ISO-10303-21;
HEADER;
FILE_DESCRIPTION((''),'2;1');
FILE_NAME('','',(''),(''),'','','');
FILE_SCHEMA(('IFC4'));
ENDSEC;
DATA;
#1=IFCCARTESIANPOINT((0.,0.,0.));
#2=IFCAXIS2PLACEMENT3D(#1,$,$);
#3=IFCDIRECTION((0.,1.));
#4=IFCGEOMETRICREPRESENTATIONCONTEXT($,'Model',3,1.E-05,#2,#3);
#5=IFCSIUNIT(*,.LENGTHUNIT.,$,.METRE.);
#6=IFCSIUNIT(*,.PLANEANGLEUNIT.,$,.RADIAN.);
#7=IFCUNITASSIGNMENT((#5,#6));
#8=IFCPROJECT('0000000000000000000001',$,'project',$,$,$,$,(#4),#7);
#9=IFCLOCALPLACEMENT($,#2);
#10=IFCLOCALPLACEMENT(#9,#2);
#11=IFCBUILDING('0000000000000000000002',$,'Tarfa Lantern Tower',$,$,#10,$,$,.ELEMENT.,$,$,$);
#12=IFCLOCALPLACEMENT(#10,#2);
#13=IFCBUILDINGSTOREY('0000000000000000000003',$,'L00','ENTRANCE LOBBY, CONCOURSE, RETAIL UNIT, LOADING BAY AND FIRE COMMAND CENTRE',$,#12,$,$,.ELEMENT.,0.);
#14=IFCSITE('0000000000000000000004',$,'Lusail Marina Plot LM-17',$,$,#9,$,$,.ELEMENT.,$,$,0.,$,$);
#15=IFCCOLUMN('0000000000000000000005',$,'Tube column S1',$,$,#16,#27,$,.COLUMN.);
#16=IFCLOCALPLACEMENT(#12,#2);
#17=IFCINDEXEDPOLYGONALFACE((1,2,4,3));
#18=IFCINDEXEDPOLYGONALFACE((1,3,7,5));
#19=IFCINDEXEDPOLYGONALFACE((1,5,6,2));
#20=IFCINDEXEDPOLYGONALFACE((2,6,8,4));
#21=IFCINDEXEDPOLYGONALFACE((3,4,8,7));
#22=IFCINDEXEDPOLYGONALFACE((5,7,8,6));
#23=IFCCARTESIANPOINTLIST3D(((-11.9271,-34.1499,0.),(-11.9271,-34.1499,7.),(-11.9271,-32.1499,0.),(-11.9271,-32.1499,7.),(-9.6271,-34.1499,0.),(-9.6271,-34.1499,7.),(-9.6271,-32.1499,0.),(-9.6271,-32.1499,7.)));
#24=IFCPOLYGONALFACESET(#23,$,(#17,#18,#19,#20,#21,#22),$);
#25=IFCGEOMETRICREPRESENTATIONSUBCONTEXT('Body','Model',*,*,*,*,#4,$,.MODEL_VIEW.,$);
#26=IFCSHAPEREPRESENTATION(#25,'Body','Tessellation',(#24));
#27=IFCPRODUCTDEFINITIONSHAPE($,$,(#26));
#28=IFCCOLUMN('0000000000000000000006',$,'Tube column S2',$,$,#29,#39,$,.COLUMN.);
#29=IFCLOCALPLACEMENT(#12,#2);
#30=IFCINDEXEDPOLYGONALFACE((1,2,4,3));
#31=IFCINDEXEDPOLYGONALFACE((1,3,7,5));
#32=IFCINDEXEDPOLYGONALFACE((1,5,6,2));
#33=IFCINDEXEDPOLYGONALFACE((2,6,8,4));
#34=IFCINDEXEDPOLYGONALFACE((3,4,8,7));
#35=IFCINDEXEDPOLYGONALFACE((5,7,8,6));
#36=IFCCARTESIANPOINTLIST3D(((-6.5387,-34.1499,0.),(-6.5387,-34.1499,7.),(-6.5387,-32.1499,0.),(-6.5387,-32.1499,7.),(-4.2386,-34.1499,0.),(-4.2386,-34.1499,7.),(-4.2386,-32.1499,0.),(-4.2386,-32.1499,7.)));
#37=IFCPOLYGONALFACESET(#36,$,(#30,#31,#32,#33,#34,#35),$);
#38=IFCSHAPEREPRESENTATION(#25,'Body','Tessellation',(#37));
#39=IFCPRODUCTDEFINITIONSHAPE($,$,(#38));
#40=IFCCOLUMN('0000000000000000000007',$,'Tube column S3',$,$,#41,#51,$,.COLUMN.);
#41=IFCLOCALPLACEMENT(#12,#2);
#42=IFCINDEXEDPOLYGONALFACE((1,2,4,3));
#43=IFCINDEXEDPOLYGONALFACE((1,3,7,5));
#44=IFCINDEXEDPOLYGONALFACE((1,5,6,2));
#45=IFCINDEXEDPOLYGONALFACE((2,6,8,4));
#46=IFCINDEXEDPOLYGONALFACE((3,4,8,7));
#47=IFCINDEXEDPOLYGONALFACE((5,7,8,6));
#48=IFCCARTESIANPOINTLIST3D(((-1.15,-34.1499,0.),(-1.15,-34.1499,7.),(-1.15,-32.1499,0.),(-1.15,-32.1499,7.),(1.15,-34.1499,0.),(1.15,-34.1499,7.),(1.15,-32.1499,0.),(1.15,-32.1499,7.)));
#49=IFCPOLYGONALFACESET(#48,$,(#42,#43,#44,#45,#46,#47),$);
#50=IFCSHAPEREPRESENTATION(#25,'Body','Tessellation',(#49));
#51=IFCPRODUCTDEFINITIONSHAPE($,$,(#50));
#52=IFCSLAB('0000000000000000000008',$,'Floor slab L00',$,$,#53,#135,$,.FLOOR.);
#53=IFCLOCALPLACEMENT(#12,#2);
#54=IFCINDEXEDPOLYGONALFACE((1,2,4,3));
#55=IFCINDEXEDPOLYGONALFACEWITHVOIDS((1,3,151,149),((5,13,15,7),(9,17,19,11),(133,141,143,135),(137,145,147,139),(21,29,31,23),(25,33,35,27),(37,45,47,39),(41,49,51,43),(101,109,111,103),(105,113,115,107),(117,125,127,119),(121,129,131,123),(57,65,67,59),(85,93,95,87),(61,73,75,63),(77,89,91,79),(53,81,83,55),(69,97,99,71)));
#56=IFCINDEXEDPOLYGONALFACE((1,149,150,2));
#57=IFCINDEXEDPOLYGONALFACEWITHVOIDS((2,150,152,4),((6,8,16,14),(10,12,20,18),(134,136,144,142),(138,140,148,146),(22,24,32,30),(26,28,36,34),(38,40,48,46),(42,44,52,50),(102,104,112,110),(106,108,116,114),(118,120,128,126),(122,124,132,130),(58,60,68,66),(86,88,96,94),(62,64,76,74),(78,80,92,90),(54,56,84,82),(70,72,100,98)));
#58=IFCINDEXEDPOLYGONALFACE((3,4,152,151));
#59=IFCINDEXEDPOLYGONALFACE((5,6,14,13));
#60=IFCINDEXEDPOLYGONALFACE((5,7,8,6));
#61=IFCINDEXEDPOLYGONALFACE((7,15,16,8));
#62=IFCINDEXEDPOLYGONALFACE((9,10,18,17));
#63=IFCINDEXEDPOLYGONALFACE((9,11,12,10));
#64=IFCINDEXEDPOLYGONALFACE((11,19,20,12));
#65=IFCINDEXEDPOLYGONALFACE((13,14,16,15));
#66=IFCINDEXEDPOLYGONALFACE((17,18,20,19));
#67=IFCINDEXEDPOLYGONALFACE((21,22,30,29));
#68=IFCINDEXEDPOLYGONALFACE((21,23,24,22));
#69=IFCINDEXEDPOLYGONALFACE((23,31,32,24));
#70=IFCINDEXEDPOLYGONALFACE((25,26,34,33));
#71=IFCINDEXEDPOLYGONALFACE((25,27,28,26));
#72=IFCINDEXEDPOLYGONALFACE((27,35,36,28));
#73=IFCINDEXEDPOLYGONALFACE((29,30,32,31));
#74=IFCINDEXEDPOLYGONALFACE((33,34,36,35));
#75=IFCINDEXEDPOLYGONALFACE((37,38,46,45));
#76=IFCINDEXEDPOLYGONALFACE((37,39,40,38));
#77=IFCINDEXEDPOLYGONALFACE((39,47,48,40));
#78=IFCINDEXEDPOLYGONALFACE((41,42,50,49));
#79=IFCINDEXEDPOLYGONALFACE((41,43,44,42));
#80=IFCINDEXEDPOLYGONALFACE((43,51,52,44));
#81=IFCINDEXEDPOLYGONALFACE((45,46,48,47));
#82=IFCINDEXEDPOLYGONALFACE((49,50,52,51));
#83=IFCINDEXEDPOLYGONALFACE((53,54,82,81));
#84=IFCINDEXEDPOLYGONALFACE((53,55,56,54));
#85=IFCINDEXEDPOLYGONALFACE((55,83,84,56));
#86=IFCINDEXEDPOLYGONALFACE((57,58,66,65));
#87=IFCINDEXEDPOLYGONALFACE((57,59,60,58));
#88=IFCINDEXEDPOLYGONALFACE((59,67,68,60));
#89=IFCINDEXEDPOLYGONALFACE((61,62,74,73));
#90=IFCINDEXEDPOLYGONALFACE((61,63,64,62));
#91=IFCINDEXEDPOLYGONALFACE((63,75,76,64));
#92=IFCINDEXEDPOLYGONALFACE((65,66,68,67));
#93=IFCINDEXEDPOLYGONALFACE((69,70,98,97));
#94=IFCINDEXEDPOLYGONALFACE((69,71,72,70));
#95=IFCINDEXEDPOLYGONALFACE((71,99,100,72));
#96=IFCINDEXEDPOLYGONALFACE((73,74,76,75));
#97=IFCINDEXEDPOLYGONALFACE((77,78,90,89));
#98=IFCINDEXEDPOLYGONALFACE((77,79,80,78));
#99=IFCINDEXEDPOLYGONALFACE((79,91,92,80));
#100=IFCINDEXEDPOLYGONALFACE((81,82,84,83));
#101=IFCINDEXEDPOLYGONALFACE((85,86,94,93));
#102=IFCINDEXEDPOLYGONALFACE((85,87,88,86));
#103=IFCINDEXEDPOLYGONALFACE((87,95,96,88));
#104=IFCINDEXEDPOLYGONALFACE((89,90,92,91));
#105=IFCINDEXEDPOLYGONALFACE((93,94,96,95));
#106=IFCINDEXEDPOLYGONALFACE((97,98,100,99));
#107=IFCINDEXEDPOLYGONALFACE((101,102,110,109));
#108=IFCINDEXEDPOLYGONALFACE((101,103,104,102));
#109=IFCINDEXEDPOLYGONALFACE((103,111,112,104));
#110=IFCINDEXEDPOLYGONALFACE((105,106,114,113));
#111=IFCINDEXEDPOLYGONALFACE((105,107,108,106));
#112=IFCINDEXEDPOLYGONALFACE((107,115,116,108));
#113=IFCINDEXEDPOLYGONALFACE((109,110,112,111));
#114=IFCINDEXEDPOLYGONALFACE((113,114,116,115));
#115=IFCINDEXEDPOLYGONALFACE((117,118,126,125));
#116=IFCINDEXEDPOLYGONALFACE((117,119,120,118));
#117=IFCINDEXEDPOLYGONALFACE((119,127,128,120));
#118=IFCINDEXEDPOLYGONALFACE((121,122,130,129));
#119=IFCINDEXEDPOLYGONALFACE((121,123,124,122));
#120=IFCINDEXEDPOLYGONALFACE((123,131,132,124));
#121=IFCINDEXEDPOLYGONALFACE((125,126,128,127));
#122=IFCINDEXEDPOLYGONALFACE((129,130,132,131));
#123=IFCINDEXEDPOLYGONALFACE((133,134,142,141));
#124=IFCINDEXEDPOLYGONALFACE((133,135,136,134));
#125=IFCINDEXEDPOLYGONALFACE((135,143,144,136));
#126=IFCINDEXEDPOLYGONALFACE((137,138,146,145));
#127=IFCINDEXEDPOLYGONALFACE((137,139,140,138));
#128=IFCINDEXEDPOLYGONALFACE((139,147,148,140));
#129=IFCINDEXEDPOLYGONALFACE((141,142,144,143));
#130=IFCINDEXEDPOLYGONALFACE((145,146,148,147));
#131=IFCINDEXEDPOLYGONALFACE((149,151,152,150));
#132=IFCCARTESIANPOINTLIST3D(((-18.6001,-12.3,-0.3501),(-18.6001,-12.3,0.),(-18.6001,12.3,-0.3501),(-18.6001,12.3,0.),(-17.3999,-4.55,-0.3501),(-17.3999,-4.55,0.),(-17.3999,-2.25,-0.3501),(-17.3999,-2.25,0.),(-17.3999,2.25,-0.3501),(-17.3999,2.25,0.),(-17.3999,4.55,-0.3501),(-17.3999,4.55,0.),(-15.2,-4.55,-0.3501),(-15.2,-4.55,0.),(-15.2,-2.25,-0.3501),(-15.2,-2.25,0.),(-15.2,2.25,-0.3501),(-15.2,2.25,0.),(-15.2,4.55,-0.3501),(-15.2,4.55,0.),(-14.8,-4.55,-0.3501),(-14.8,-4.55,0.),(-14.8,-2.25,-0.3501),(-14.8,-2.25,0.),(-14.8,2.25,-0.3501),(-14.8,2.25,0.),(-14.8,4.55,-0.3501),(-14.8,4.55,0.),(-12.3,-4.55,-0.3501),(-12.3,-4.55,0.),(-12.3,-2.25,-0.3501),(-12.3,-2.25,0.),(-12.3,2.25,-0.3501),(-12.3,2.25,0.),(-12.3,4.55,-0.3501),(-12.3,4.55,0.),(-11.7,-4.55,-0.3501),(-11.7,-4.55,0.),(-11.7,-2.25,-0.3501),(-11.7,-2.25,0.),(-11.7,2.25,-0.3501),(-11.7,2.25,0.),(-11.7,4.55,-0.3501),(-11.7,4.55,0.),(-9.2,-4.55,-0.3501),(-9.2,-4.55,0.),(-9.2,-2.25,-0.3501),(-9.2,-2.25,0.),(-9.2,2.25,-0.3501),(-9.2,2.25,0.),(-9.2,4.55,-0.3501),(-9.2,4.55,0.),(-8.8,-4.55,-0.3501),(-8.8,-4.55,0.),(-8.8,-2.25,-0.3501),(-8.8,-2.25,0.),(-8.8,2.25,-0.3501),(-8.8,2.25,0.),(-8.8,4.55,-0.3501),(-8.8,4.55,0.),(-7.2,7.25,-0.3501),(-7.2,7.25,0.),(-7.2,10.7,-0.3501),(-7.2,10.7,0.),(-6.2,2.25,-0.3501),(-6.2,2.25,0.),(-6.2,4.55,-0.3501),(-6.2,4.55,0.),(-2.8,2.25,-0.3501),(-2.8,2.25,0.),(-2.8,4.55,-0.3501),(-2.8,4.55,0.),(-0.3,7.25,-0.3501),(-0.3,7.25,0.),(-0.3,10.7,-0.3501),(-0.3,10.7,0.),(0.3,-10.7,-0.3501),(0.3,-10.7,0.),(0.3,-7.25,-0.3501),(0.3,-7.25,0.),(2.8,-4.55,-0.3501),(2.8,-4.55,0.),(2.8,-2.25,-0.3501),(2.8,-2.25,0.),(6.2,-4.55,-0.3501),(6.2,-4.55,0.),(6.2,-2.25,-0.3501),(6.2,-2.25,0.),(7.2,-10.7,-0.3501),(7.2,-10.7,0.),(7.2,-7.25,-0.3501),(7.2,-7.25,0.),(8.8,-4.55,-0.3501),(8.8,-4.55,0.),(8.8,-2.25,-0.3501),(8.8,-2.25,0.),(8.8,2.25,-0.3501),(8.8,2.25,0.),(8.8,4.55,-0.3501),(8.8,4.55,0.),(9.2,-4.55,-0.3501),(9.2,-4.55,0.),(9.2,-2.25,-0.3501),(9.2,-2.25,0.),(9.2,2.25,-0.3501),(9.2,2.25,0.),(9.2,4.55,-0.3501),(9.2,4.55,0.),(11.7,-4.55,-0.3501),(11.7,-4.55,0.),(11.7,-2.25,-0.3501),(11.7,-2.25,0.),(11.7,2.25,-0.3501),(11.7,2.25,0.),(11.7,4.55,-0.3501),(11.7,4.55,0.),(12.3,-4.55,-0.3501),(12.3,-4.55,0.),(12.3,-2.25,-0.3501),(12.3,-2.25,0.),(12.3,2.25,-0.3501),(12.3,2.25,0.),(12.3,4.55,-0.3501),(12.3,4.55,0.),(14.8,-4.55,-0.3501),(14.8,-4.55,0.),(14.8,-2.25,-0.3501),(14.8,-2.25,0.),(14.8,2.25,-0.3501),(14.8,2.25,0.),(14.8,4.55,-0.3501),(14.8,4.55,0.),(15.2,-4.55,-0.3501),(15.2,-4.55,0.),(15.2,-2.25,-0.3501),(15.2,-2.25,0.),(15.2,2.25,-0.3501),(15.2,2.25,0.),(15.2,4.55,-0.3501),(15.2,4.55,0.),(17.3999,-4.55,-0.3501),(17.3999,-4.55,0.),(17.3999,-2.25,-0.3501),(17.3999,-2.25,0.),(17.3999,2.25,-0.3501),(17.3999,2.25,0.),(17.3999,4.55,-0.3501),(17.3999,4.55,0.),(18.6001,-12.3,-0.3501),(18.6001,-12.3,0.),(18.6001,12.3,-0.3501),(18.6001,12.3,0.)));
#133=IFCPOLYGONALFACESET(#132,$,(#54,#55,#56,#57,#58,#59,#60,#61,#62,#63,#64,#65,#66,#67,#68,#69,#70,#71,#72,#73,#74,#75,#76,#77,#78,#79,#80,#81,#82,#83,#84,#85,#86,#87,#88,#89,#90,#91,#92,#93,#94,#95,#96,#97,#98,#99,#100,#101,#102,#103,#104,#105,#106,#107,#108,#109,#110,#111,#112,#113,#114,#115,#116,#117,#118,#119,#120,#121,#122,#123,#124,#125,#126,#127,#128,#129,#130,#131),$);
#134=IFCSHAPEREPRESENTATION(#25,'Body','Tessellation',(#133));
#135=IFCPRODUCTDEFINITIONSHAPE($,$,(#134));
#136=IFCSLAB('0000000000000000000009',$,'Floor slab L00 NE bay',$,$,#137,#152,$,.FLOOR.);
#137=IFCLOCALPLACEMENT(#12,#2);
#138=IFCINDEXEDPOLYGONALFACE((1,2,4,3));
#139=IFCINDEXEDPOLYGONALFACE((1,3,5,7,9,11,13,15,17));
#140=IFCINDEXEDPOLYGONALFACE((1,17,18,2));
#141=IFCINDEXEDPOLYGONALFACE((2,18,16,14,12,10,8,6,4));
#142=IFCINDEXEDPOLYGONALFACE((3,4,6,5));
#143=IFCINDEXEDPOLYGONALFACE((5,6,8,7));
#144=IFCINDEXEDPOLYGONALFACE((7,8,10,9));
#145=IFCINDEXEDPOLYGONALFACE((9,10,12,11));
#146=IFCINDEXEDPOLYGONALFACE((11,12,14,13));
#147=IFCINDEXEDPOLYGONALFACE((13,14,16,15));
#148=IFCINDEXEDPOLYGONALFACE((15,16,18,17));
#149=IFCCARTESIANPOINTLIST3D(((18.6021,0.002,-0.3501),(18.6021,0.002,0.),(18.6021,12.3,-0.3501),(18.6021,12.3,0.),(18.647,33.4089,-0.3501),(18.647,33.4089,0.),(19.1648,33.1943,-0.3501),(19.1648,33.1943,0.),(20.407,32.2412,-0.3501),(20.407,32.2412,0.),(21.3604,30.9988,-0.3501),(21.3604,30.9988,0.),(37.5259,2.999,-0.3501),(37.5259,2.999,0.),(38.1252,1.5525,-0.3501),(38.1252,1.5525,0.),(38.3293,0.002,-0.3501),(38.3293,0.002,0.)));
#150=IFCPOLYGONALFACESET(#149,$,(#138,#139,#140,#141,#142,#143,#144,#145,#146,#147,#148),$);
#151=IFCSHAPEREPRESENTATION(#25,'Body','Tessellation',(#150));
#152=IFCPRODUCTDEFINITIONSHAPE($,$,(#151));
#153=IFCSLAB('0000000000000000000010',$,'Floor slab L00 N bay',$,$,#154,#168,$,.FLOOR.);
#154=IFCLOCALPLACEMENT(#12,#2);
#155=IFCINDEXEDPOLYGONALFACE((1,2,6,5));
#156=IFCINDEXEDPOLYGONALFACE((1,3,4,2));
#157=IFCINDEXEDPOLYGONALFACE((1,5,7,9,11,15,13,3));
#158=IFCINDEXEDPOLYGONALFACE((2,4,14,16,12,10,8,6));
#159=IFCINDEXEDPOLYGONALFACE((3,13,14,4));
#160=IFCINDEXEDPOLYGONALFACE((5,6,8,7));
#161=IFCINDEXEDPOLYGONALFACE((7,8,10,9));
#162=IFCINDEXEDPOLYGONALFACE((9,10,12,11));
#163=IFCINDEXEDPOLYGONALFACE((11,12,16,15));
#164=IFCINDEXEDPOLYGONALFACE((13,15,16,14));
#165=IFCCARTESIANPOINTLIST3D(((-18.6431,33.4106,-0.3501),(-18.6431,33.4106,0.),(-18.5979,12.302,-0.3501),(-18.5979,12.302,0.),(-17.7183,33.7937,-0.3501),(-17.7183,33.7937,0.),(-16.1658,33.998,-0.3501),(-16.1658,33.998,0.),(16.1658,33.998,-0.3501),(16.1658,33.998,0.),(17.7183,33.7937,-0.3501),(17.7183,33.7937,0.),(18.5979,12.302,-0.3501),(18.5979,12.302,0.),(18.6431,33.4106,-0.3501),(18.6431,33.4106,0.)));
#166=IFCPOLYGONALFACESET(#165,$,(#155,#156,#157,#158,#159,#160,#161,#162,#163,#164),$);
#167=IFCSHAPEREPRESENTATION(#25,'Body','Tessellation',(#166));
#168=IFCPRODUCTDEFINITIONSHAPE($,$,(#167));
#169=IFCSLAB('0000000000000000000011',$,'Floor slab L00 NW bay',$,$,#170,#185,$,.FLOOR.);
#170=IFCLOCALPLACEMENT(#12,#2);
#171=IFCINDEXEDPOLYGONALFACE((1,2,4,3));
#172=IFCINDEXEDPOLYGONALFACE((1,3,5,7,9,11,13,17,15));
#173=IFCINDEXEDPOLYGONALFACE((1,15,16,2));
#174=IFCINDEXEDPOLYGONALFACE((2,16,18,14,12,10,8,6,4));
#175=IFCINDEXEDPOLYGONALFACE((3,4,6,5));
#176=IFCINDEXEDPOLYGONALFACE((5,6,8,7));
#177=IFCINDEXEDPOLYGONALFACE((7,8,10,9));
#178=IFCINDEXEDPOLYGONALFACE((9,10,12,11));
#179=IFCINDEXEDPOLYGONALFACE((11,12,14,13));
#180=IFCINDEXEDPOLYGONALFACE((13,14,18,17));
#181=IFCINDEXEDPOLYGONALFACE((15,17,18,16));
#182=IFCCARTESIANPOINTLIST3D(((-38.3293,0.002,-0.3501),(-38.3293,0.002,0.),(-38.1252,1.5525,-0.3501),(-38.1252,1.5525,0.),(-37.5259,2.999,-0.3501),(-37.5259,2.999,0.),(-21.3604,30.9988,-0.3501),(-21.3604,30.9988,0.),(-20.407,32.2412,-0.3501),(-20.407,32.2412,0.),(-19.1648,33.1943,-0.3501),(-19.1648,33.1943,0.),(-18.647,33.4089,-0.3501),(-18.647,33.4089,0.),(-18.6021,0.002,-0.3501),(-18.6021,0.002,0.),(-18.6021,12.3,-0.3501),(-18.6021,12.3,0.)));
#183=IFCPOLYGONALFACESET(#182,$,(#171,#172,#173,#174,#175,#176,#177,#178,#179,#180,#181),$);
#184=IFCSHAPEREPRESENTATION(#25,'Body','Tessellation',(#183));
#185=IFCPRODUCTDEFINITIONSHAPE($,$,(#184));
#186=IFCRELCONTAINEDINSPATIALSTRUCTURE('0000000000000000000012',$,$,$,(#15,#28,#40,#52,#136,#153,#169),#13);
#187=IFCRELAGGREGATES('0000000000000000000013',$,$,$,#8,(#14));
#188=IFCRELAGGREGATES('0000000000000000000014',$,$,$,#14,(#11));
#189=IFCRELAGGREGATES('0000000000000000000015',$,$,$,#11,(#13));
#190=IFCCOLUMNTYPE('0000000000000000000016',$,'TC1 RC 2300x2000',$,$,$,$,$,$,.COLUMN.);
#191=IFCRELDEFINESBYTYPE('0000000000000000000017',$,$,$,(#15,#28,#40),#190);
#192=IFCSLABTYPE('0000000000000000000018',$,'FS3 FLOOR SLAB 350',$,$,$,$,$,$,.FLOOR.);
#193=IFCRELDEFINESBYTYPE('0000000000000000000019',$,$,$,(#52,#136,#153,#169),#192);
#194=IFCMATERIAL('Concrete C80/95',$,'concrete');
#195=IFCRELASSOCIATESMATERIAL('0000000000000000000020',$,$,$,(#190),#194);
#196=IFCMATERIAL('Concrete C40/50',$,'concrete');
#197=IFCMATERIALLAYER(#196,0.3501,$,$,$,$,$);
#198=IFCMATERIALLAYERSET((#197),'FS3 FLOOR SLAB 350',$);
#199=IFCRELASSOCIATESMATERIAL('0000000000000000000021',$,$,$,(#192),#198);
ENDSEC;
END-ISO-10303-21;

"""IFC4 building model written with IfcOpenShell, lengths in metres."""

from ifc_helpers import new_model, si_unit, direction, frame, origin, origin_2d, place, context, subcontext, project, spatial, polyline, rectangle, outline, extrude, material, layer, layer_set, material_profile, profile_set, type_object, element, save


model = new_model("IFC4")

# Units and contexts
model_context = context("Model", 3, precision=1e-05, world=origin(), true_north=direction((0.0, 1.0)))
body_context = subcontext(model_context, "Body", "Model", "MODEL_VIEW")
ifc_project = project(units=[si_unit("LENGTHUNIT", "METRE"), si_unit("PLANEANGLEUNIT", "RADIAN")], contexts=[model_context])

# Site, building, storey
site_placement = place(None, origin())
site = spatial("IfcSite", under=ifc_project, at=site_placement, Name="Lusail Marina Plot LM-17", CompositionType="ELEMENT", RefElevation=0.0)
building_placement = place(site_placement, origin())
building = spatial("IfcBuilding", under=site, at=building_placement, Name="Tarfa Lantern Tower", CompositionType="ELEMENT")
storey_placement = place(building_placement, origin())
storey = spatial("IfcBuildingStorey", under=building, at=storey_placement, Name="L00", Description="ENTRANCE LOBBY, CONCOURSE, RETAIL UNIT, LOADING BAY AND FIRE COMMAND CENTRE", CompositionType="ELEMENT", Elevation=0.0)

# Columns
ifc_material_1 = material(Name="Concrete C80/95", Category="concrete")
ifc_material_profile = material_profile(ifc_material_1, rectangle(XDim=2.3, YDim=2.0, at=origin_2d()), Name="RC 2300x2000")
ifc_profile_set = profile_set([ifc_material_profile], Name="Concrete C80/95")
column_type = type_object("IfcColumnType", Name="TC1 RC 2300x2000", PredefinedType="COLUMN", material=ifc_profile_set)
for number, where, z_axis, x_axis, name in (
    (1, (-10.7771, -33.1499, 0.0), (0.0, 0.0, 1.0), (1.0, 0.0, 0.0), "Tube column S1"),
    (2, (-5.3887, -33.1499, 0.0), (0.0, 0.0, 1.0), (1.0, 0.0, 0.0), "Tube column S2"),
    (3, (0.0, -33.1499, 0.0), (0.0, 0.0, 1.0), (1.0, 0.0, 0.0), "Tube column S3"),
):
    element("IfcColumn", number, at=place(storey_placement, frame(where, z_axis=z_axis, x_axis=x_axis)), inside=storey, type_object=column_type, Name=name, PredefinedType="COLUMN", context=body_context, shape_type="SweptSolid", body=[
        extrude(rectangle(XDim=2.3, YDim=2.0, at=origin_2d()), origin(), (0.0, 0.0, 1.0), 7.0),
    ])

# Slabs
ifc_material_2 = material(Name="Concrete C40/50", Category="concrete")
ifc_layer_1 = layer(ifc_material_2, 0.3501)
ifc_layer_set_1 = layer_set([ifc_layer_1], Name="FS3 FLOOR SLAB 350")
slab_type = type_object("IfcSlabType", Name="FS3 FLOOR SLAB 350", PredefinedType="FLOOR", material=ifc_layer_set_1)
slab_1_placement = place(storey_placement, frame((0.0, 0.0, -0.3501)))
element("IfcSlab", 4, at=slab_1_placement, inside=storey, type_object=slab_type, Name="Floor slab L00", PredefinedType="FLOOR", context=body_context, shape_type="SweptSolid", body=[
    extrude(outline(polyline([(-18.6001, -12.3), (18.6001, -12.3), (18.6001, 12.3), (-18.6001, 12.3), (-18.6001, -12.3)]), holes=[polyline([(-17.3999, 2.25), (-15.2, 2.25), (-15.2, 4.55), (-17.3999, 4.55), (-17.3999, 2.25)]), polyline([(-14.8, 2.25), (-12.3, 2.25), (-12.3, 4.55), (-14.8, 4.55), (-14.8, 2.25)]), polyline([(-11.7, 2.25), (-9.2, 2.25), (-9.2, 4.55), (-11.7, 4.55), (-11.7, 2.25)]), polyline([(-8.8, 2.25), (-6.2, 2.25), (-6.2, 4.55), (-8.8, 4.55), (-8.8, 2.25)]), polyline([(-2.8, 2.25), (8.8, 2.25), (8.8, 4.55), (-2.8, 4.55), (-2.8, 2.25)]), polyline([(9.2, 2.25), (11.7, 2.25), (11.7, 4.55), (9.2, 4.55), (9.2, 2.25)]), polyline([(12.3, 2.25), (14.8, 2.25), (14.8, 4.55), (12.3, 4.55), (12.3, 2.25)]), polyline([(15.2, 2.25), (17.3999, 2.25), (17.3999, 4.55), (15.2, 4.55), (15.2, 2.25)]), polyline([(17.3999, -2.25), (15.2, -2.25), (15.2, -4.55), (17.3999, -4.55), (17.3999, -2.25)]), polyline([(14.8, -2.25), (12.3, -2.25), (12.3, -4.55), (14.8, -4.55), (14.8, -2.25)]), polyline([(11.7, -2.25), (9.2, -2.25), (9.2, -4.55), (11.7, -4.55), (11.7, -2.25)]), polyline([(8.8, -2.25), (6.2, -2.25), (6.2, -4.55), (8.8, -4.55), (8.8, -2.25)]), polyline([(2.8, -2.25), (-8.8, -2.25), (-8.8, -4.55), (2.8, -4.55), (2.8, -2.25)]), polyline([(-9.2, -2.25), (-11.7, -2.25), (-11.7, -4.55), (-9.2, -4.55), (-9.2, -2.25)]), polyline([(-12.3, -2.25), (-14.8, -2.25), (-14.8, -4.55), (-12.3, -4.55), (-12.3, -2.25)]), polyline([(-15.2, -2.25), (-17.3999, -2.25), (-17.3999, -4.55), (-15.2, -4.55), (-15.2, -2.25)]), polyline([(-7.2, 7.25), (-0.3, 7.25), (-0.3, 10.7), (-7.2, 10.7), (-7.2, 7.25)]), polyline([(7.2, -7.25), (0.3, -7.25), (0.3, -10.7), (7.2, -10.7), (7.2, -7.25)])]), origin(), (0.0, 0.0, 1.0), 0.3501),
])
slab_2_placement = place(storey_placement, frame((0.0, 0.0, -0.3501)))
element("IfcSlab", 5, at=slab_2_placement, inside=storey, type_object=slab_type, Name="Floor slab L00 NE bay", PredefinedType="FLOOR", context=body_context, shape_type="SweptSolid", body=[
    extrude(outline(polyline([(37.5259, 2.999), (21.3604, 30.9988), (20.407, 32.2412), (19.1648, 33.1943), (18.647, 33.4089), (18.6021, 12.3), (18.6021, 0.002), (38.3293, 0.002), (38.1252, 1.5525), (37.5259, 2.999)])), origin(), (0.0, 0.0, 1.0), 0.3501),
])
slab_3_placement = place(storey_placement, frame((0.0, 0.0, -0.3501)))
element("IfcSlab", 6, at=slab_3_placement, inside=storey, type_object=slab_type, Name="Floor slab L00 N bay", PredefinedType="FLOOR", context=body_context, shape_type="SweptSolid", body=[
    extrude(outline(polyline([(-18.5979, 12.302), (18.5979, 12.302), (18.6431, 33.4106), (17.7183, 33.7937), (16.1658, 33.998), (-16.1658, 33.998), (-17.7183, 33.7937), (-18.6431, 33.4106), (-18.5979, 12.302)])), origin(), (0.0, 0.0, 1.0), 0.3501),
])
slab_4_placement = place(storey_placement, frame((0.0, 0.0, -0.3501)))
element("IfcSlab", 7, at=slab_4_placement, inside=storey, type_object=slab_type, Name="Floor slab L00 NW bay", PredefinedType="FLOOR", context=body_context, shape_type="SweptSolid", body=[
    extrude(outline(polyline([(-18.6021, 0.002), (-18.6021, 12.3), (-18.647, 33.4089), (-19.1648, 33.1943), (-20.407, 32.2412), (-21.3604, 30.9988), (-37.5259, 2.999), (-38.1252, 1.5525), (-38.3293, 0.002), (-18.6021, 0.002)])), origin(), (0.0, 0.0, 1.0), 0.3501),
])

save(model, "model.ifc")
